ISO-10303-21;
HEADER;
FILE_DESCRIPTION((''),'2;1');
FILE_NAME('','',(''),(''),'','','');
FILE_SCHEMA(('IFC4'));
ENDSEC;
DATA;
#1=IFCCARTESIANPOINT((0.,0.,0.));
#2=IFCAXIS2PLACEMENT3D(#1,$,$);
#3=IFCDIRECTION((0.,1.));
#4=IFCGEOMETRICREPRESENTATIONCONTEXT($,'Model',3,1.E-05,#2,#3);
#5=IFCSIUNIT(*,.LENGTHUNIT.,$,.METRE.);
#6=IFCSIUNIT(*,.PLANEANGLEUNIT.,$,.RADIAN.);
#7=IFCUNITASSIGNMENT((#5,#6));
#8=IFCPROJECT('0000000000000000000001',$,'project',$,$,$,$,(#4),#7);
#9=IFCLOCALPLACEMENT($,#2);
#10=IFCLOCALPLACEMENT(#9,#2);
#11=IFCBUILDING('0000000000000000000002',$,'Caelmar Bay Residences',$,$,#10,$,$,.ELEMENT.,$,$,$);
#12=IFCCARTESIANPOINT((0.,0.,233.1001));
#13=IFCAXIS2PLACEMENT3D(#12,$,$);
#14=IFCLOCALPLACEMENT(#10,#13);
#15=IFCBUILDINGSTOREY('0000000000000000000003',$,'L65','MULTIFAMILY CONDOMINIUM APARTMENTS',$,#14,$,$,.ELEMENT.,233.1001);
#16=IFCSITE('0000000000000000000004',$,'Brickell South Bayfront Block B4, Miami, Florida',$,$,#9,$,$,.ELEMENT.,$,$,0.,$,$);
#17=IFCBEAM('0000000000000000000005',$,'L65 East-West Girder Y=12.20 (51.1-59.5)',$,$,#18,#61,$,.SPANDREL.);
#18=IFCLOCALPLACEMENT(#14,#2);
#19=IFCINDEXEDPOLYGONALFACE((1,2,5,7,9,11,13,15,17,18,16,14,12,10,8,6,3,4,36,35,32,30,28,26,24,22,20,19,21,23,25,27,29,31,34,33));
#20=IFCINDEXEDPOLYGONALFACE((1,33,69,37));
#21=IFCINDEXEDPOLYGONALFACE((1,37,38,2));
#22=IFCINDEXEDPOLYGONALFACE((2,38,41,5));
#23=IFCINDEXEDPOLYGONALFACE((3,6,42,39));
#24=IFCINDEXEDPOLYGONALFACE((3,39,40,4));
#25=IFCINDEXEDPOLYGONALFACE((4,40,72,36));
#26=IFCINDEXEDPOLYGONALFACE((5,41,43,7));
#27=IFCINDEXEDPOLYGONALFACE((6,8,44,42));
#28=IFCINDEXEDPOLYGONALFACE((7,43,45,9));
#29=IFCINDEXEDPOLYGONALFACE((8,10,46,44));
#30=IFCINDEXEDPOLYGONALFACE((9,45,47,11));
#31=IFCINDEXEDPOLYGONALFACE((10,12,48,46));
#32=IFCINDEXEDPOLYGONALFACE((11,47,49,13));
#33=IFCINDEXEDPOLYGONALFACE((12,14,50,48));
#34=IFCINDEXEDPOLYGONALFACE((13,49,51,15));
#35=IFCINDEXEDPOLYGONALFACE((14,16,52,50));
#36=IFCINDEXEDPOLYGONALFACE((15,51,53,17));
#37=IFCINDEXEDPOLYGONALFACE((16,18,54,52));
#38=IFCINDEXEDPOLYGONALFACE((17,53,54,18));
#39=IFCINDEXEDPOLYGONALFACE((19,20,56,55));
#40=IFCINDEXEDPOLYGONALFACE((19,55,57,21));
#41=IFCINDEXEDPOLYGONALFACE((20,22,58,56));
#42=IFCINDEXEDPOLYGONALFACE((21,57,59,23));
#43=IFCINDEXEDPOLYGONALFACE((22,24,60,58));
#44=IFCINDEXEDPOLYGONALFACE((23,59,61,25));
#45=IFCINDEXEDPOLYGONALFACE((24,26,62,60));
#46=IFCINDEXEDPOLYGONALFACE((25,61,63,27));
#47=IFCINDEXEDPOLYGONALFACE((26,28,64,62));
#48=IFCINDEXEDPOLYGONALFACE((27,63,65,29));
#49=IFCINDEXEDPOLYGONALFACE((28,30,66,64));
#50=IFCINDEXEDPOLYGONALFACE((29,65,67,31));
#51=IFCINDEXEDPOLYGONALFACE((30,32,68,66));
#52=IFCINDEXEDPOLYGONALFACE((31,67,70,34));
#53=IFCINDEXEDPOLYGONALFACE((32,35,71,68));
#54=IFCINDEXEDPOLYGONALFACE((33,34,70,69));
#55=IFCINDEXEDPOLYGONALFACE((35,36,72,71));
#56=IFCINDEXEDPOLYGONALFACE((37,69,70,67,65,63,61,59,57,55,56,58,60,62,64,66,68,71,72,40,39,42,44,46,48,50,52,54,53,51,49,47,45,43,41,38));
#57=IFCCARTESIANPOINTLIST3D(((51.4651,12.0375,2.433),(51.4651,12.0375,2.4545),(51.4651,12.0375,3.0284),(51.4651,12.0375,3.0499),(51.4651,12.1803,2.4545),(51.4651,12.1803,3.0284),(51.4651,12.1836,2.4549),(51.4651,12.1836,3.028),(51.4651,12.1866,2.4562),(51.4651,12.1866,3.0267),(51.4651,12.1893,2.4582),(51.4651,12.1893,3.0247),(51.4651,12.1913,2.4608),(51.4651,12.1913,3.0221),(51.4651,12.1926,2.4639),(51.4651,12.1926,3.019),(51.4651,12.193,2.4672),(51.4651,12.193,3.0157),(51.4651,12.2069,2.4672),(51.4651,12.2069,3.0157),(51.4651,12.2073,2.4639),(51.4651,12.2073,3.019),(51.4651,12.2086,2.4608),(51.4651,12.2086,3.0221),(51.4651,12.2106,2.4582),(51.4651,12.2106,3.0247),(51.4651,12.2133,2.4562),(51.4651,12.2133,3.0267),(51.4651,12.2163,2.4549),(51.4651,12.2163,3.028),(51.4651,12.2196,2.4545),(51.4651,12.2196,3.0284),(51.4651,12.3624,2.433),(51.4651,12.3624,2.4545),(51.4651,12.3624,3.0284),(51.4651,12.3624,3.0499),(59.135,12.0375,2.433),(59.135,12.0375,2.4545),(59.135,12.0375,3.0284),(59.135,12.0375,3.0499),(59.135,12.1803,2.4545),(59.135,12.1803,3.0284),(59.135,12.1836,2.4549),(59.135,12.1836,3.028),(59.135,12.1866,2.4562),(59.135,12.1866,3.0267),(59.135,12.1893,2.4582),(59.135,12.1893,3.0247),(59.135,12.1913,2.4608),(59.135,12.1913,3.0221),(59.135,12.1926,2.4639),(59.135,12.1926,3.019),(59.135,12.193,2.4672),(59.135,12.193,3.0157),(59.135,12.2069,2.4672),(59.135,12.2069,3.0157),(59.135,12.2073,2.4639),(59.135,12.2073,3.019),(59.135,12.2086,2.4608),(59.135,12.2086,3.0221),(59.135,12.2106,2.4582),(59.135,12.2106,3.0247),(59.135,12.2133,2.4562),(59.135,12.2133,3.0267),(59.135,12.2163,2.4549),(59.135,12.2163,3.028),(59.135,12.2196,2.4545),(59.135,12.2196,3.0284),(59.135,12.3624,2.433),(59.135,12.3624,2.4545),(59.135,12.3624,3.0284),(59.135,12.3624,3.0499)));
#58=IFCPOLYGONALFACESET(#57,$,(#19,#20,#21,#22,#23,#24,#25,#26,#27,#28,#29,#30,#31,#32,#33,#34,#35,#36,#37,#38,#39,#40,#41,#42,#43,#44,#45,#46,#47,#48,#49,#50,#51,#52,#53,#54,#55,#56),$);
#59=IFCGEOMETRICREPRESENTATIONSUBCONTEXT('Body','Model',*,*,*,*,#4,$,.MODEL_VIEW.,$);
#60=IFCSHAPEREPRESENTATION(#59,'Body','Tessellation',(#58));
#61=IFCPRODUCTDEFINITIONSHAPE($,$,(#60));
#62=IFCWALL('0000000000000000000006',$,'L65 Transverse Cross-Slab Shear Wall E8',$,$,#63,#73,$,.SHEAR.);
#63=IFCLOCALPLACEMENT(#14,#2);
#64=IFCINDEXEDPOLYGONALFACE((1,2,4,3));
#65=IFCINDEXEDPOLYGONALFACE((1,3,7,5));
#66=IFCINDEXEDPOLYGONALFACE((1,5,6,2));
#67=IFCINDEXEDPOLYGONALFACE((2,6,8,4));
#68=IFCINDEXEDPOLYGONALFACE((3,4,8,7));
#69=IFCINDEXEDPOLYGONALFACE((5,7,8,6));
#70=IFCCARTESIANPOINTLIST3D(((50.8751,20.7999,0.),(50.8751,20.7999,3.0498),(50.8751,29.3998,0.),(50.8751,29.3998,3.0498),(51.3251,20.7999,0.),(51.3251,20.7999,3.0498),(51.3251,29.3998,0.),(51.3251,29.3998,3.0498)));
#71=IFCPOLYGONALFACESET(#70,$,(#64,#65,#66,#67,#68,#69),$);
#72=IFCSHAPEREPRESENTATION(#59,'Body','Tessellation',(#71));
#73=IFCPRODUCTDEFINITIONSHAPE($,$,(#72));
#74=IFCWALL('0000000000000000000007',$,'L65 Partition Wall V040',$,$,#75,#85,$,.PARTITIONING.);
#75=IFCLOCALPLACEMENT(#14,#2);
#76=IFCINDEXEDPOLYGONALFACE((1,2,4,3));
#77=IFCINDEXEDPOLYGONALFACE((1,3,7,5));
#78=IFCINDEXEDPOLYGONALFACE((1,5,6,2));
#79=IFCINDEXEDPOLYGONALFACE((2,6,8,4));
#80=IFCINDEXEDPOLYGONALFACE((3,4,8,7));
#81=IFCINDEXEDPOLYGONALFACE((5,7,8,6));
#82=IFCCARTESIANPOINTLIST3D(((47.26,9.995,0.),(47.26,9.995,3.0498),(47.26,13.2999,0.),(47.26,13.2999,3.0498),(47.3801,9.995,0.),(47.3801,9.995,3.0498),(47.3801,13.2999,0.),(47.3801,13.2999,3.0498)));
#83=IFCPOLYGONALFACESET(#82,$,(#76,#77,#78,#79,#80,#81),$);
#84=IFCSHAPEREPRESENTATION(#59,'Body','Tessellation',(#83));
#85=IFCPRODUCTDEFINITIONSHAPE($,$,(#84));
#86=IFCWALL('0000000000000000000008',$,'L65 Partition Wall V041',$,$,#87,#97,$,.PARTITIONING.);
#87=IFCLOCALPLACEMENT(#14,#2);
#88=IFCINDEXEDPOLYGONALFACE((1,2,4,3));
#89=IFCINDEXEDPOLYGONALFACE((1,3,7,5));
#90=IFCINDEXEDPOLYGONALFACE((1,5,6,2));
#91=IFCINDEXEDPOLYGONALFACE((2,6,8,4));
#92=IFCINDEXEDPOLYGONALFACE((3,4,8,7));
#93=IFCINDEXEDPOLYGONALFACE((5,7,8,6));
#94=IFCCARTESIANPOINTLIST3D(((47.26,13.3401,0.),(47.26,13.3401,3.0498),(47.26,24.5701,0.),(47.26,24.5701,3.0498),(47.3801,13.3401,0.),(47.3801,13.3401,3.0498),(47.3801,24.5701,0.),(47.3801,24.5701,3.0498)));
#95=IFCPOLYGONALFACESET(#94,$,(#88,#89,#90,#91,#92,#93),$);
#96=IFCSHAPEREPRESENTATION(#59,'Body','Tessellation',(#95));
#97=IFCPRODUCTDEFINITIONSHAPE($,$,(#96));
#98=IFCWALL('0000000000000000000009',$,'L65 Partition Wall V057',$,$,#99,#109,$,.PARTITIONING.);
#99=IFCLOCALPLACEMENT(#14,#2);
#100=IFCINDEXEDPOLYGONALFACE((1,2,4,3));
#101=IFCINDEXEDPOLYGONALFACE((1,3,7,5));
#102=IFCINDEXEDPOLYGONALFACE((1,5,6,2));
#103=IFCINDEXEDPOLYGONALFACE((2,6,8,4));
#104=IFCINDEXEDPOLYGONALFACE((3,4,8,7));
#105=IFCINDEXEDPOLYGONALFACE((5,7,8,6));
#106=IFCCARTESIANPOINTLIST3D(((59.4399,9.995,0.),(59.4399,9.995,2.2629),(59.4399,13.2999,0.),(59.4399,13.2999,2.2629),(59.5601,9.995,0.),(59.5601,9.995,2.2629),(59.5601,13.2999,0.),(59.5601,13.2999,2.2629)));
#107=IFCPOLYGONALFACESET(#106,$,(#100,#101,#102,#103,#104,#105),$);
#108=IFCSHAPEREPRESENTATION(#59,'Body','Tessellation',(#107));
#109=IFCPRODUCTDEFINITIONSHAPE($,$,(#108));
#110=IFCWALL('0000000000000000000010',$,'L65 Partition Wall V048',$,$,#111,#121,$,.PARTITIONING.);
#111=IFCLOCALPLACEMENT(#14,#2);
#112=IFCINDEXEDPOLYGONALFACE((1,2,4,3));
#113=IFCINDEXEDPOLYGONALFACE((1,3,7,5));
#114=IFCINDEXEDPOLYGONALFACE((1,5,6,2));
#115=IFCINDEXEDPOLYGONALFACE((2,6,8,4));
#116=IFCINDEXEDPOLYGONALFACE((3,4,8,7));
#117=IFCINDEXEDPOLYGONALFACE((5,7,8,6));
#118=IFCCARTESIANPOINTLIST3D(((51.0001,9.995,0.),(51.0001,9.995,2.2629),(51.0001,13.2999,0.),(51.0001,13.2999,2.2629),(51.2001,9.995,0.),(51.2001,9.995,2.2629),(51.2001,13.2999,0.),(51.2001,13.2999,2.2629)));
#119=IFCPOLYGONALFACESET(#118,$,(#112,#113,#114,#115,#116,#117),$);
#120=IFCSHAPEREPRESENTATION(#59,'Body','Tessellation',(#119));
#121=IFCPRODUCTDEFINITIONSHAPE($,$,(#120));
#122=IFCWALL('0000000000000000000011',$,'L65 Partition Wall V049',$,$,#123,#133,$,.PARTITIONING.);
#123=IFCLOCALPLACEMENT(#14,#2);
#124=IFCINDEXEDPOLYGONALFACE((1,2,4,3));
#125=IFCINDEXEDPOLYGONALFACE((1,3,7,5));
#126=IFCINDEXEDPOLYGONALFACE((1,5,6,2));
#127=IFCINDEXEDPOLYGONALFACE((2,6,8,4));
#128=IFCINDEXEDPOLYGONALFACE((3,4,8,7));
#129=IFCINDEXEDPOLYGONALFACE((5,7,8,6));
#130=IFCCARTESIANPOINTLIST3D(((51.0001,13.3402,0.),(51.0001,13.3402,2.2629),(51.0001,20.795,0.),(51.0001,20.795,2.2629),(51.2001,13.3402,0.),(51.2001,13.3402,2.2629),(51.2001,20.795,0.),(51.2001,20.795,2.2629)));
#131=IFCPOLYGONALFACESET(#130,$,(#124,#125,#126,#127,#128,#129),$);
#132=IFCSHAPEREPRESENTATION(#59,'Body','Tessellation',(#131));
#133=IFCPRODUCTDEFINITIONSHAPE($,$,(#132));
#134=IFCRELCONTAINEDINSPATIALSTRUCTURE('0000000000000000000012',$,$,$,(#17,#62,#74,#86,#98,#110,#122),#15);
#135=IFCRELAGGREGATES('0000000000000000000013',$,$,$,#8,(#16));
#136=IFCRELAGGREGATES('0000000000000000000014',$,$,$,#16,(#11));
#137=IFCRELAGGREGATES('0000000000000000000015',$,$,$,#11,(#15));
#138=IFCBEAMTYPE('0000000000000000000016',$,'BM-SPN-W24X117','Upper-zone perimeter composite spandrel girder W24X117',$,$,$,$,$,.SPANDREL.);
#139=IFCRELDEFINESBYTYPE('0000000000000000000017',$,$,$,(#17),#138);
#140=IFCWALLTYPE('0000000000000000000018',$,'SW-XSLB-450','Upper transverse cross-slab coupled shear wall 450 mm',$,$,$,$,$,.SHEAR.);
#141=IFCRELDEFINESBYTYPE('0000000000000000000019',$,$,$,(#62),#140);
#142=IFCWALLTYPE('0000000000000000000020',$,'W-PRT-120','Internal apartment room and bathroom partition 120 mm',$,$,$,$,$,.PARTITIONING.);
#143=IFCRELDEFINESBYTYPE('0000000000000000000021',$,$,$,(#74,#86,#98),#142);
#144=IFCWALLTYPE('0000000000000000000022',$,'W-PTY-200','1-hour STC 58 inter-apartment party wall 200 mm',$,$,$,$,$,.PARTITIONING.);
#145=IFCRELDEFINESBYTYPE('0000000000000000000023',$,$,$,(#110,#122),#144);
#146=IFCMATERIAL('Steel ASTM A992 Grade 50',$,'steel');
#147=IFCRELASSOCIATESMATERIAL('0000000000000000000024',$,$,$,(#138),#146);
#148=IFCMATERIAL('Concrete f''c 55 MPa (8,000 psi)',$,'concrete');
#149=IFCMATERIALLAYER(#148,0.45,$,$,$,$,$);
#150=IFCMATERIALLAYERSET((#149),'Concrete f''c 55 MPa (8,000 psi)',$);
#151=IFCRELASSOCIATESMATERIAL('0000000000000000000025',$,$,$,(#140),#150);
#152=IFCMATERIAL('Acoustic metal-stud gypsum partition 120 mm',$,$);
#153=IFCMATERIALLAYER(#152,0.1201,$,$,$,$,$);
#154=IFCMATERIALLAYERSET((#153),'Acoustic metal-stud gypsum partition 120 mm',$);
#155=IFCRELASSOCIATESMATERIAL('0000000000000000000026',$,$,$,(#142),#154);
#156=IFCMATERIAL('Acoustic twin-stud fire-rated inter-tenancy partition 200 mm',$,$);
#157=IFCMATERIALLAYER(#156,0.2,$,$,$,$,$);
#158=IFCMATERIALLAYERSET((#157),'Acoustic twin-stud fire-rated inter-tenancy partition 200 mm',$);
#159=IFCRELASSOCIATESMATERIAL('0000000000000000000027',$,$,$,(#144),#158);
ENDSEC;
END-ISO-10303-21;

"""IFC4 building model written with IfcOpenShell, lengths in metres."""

from ifc_helpers import new_model, si_unit, direction, frame, frame_2d, origin, origin_2d, place, context, subcontext, project, spatial, rectangle, i_section, extrude, material, layer, layer_set, material_profile, profile_set, type_object, element, save


model = new_model("IFC4")

# Units and contexts
model_context = context("Model", 3, precision=1e-05, world=origin(), true_north=direction((0.0, 1.0)))
body_context = subcontext(model_context, "Body", "Model", "MODEL_VIEW")
ifc_project = project(units=[si_unit("LENGTHUNIT", "METRE"), si_unit("PLANEANGLEUNIT", "RADIAN")], contexts=[model_context])

# Site, building, storey
site_placement = place(None, origin())
site = spatial("IfcSite", under=ifc_project, at=site_placement, Name="Brickell South Bayfront Block B4, Miami, Florida", CompositionType="ELEMENT", RefElevation=0.0)
building_placement = place(site_placement, origin())
building = spatial("IfcBuilding", under=site, at=building_placement, Name="Caelmar Bay Residences", CompositionType="ELEMENT")
storey_placement = place(building_placement, frame((0.0, 0.0, 233.1001)))
storey = spatial("IfcBuildingStorey", under=building, at=storey_placement, Name="L65", Description="MULTIFAMILY CONDOMINIUM APARTMENTS", CompositionType="ELEMENT", Elevation=233.1001)

# Shared definitions
ifc_material_1 = material(Name="Concrete f'c 55 MPa (8,000 psi)", Category="concrete")

# Beam
ifc_material_2 = material(Name="Steel ASTM A992 Grade 50", Category="steel")
ifc_material_profile_1 = material_profile(ifc_material_2, i_section(OverallWidth=0.325, OverallDepth=0.6169, WebThickness=0.0139, FlangeThickness=0.0215, FilletRadius=0.0127, at=origin_2d()), Name="W24X117")
ifc_profile_set_1 = profile_set([ifc_material_profile_1], Name="Steel ASTM A992 Grade 50")
beam_type_1 = type_object("IfcBeamType", Name="BM-SPN-W24X117", Description="Upper-zone perimeter composite spandrel girder W24X117", PredefinedType="SPANDREL", material=ifc_profile_set_1)
beam_1_placement = place(storey_placement, frame((51.4651, 12.2, 2.7415), z_axis=(1.0, 0.0, 0.0), x_axis=(0.0, 1.0, 0.0)))
element("IfcBeam", 1, at=beam_1_placement, inside=storey, type_object=beam_type_1, Name="L65 East-West Girder Y=12.20 (51.1-59.5)", PredefinedType="SPANDREL", context=body_context, shape_type="SweptSolid", body=[
    extrude(i_section(OverallWidth=0.325, OverallDepth=0.6169, WebThickness=0.0139, FlangeThickness=0.0215, FilletRadius=0.0127, at=origin_2d()), origin(), (0.0, 0.0, 1.0), 7.6699),
])

# Walls
ifc_layer_1 = layer(ifc_material_1, 0.45)
ifc_layer_set_1 = layer_set([ifc_layer_1], Name="Concrete f'c 55 MPa (8,000 psi)")
wall_type_1 = type_object("IfcWallType", Name="SW-XSLB-450", Description="Upper transverse cross-slab coupled shear wall 450 mm", PredefinedType="SHEAR", material=ifc_layer_set_1)
wall_1_placement = place(storey_placement, frame((51.1001, 20.8, 0.0), z_axis=(0.0, 0.0, 1.0), x_axis=(0.0, 1.0, 0.0)))
element("IfcWall", 2, at=wall_1_placement, inside=storey, type_object=wall_type_1, Name="L65 Transverse Cross-Slab Shear Wall E8", PredefinedType="SHEAR", context=body_context, shape_type="SweptSolid", body=[
    extrude(rectangle(XDim=8.5999, YDim=0.45, at=frame_2d((4.2998, 0.0))), origin(), (0.0, 0.0, 1.0), 3.0498),
])
ifc_material_3 = material(Name="Acoustic metal-stud gypsum partition 120 mm")
ifc_layer_2 = layer(ifc_material_3, 0.1201)
ifc_layer_set_2 = layer_set([ifc_layer_2], Name="Acoustic metal-stud gypsum partition 120 mm")
wall_type_2 = type_object("IfcWallType", Name="W-PRT-120", Description="Internal apartment room and bathroom partition 120 mm", PredefinedType="PARTITIONING", material=ifc_layer_set_2)
wall_2_placement = place(storey_placement, frame((47.3201, 9.9951, 0.0), z_axis=(0.0, 0.0, 1.0), x_axis=(0.0, 1.0, 0.0)))
element("IfcWall", 3, at=wall_2_placement, inside=storey, type_object=wall_type_2, Name="L65 Partition Wall V040", PredefinedType="PARTITIONING", context=body_context, shape_type="SweptSolid", body=[
    extrude(rectangle(XDim=3.3049, YDim=0.1201, at=frame_2d((1.6523, 0.0))), origin(), (0.0, 0.0, 1.0), 3.0498),
])
wall_3_placement = place(storey_placement, frame((47.3201, 13.3401, 0.0), z_axis=(0.0, 0.0, 1.0), x_axis=(0.0, 1.0, 0.0)))
element("IfcWall", 4, at=wall_3_placement, inside=storey, type_object=wall_type_2, Name="L65 Partition Wall V041", PredefinedType="PARTITIONING", context=body_context, shape_type="SweptSolid", body=[
    extrude(rectangle(XDim=11.23, YDim=0.1201, at=frame_2d((5.615, 0.0))), origin(), (0.0, 0.0, 1.0), 3.0498),
])
wall_4_placement = place(storey_placement, frame((59.5, 9.9951, 0.0), z_axis=(0.0, 0.0, 1.0), x_axis=(0.0, 1.0, 0.0)))
element("IfcWall", 5, at=wall_4_placement, inside=storey, type_object=wall_type_2, Name="L65 Partition Wall V057", PredefinedType="PARTITIONING", context=body_context, shape_type="SweptSolid", body=[
    extrude(rectangle(XDim=3.3049, YDim=0.1201, at=frame_2d((1.6523, 0.0))), origin(), (0.0, 0.0, 1.0), 2.2629),
])

# Walls
ifc_material_4 = material(Name="Acoustic twin-stud fire-rated inter-tenancy partition 200 mm")
ifc_layer_3 = layer(ifc_material_4, 0.2)
ifc_layer_set_3 = layer_set([ifc_layer_3], Name="Acoustic twin-stud fire-rated inter-tenancy partition 200 mm")
wall_type_3 = type_object("IfcWallType", Name="W-PTY-200", Description="1-hour STC 58 inter-apartment party wall 200 mm", PredefinedType="PARTITIONING", material=ifc_layer_set_3)
wall_5_placement = place(storey_placement, frame((51.1001, 9.9951, 0.0), z_axis=(0.0, 0.0, 1.0), x_axis=(0.0, 1.0, 0.0)))
element("IfcWall", 6, at=wall_5_placement, inside=storey, type_object=wall_type_3, Name="L65 Partition Wall V048", PredefinedType="PARTITIONING", context=body_context, shape_type="SweptSolid", body=[
    extrude(rectangle(XDim=3.3049, YDim=0.2, at=frame_2d((1.6523, 0.0))), origin(), (0.0, 0.0, 1.0), 2.2629),
])
wall_6_placement = place(storey_placement, frame((51.1001, 13.3401, 0.0), z_axis=(0.0, 0.0, 1.0), x_axis=(0.0, 1.0, 0.0)))
element("IfcWall", 7, at=wall_6_placement, inside=storey, type_object=wall_type_3, Name="L65 Partition Wall V049", PredefinedType="PARTITIONING", context=body_context, shape_type="SweptSolid", body=[
    extrude(rectangle(XDim=7.4548, YDim=0.2, at=frame_2d((3.7275, 0.0))), origin(), (0.0, 0.0, 1.0), 2.2629),
])

save(model, "model.ifc")
